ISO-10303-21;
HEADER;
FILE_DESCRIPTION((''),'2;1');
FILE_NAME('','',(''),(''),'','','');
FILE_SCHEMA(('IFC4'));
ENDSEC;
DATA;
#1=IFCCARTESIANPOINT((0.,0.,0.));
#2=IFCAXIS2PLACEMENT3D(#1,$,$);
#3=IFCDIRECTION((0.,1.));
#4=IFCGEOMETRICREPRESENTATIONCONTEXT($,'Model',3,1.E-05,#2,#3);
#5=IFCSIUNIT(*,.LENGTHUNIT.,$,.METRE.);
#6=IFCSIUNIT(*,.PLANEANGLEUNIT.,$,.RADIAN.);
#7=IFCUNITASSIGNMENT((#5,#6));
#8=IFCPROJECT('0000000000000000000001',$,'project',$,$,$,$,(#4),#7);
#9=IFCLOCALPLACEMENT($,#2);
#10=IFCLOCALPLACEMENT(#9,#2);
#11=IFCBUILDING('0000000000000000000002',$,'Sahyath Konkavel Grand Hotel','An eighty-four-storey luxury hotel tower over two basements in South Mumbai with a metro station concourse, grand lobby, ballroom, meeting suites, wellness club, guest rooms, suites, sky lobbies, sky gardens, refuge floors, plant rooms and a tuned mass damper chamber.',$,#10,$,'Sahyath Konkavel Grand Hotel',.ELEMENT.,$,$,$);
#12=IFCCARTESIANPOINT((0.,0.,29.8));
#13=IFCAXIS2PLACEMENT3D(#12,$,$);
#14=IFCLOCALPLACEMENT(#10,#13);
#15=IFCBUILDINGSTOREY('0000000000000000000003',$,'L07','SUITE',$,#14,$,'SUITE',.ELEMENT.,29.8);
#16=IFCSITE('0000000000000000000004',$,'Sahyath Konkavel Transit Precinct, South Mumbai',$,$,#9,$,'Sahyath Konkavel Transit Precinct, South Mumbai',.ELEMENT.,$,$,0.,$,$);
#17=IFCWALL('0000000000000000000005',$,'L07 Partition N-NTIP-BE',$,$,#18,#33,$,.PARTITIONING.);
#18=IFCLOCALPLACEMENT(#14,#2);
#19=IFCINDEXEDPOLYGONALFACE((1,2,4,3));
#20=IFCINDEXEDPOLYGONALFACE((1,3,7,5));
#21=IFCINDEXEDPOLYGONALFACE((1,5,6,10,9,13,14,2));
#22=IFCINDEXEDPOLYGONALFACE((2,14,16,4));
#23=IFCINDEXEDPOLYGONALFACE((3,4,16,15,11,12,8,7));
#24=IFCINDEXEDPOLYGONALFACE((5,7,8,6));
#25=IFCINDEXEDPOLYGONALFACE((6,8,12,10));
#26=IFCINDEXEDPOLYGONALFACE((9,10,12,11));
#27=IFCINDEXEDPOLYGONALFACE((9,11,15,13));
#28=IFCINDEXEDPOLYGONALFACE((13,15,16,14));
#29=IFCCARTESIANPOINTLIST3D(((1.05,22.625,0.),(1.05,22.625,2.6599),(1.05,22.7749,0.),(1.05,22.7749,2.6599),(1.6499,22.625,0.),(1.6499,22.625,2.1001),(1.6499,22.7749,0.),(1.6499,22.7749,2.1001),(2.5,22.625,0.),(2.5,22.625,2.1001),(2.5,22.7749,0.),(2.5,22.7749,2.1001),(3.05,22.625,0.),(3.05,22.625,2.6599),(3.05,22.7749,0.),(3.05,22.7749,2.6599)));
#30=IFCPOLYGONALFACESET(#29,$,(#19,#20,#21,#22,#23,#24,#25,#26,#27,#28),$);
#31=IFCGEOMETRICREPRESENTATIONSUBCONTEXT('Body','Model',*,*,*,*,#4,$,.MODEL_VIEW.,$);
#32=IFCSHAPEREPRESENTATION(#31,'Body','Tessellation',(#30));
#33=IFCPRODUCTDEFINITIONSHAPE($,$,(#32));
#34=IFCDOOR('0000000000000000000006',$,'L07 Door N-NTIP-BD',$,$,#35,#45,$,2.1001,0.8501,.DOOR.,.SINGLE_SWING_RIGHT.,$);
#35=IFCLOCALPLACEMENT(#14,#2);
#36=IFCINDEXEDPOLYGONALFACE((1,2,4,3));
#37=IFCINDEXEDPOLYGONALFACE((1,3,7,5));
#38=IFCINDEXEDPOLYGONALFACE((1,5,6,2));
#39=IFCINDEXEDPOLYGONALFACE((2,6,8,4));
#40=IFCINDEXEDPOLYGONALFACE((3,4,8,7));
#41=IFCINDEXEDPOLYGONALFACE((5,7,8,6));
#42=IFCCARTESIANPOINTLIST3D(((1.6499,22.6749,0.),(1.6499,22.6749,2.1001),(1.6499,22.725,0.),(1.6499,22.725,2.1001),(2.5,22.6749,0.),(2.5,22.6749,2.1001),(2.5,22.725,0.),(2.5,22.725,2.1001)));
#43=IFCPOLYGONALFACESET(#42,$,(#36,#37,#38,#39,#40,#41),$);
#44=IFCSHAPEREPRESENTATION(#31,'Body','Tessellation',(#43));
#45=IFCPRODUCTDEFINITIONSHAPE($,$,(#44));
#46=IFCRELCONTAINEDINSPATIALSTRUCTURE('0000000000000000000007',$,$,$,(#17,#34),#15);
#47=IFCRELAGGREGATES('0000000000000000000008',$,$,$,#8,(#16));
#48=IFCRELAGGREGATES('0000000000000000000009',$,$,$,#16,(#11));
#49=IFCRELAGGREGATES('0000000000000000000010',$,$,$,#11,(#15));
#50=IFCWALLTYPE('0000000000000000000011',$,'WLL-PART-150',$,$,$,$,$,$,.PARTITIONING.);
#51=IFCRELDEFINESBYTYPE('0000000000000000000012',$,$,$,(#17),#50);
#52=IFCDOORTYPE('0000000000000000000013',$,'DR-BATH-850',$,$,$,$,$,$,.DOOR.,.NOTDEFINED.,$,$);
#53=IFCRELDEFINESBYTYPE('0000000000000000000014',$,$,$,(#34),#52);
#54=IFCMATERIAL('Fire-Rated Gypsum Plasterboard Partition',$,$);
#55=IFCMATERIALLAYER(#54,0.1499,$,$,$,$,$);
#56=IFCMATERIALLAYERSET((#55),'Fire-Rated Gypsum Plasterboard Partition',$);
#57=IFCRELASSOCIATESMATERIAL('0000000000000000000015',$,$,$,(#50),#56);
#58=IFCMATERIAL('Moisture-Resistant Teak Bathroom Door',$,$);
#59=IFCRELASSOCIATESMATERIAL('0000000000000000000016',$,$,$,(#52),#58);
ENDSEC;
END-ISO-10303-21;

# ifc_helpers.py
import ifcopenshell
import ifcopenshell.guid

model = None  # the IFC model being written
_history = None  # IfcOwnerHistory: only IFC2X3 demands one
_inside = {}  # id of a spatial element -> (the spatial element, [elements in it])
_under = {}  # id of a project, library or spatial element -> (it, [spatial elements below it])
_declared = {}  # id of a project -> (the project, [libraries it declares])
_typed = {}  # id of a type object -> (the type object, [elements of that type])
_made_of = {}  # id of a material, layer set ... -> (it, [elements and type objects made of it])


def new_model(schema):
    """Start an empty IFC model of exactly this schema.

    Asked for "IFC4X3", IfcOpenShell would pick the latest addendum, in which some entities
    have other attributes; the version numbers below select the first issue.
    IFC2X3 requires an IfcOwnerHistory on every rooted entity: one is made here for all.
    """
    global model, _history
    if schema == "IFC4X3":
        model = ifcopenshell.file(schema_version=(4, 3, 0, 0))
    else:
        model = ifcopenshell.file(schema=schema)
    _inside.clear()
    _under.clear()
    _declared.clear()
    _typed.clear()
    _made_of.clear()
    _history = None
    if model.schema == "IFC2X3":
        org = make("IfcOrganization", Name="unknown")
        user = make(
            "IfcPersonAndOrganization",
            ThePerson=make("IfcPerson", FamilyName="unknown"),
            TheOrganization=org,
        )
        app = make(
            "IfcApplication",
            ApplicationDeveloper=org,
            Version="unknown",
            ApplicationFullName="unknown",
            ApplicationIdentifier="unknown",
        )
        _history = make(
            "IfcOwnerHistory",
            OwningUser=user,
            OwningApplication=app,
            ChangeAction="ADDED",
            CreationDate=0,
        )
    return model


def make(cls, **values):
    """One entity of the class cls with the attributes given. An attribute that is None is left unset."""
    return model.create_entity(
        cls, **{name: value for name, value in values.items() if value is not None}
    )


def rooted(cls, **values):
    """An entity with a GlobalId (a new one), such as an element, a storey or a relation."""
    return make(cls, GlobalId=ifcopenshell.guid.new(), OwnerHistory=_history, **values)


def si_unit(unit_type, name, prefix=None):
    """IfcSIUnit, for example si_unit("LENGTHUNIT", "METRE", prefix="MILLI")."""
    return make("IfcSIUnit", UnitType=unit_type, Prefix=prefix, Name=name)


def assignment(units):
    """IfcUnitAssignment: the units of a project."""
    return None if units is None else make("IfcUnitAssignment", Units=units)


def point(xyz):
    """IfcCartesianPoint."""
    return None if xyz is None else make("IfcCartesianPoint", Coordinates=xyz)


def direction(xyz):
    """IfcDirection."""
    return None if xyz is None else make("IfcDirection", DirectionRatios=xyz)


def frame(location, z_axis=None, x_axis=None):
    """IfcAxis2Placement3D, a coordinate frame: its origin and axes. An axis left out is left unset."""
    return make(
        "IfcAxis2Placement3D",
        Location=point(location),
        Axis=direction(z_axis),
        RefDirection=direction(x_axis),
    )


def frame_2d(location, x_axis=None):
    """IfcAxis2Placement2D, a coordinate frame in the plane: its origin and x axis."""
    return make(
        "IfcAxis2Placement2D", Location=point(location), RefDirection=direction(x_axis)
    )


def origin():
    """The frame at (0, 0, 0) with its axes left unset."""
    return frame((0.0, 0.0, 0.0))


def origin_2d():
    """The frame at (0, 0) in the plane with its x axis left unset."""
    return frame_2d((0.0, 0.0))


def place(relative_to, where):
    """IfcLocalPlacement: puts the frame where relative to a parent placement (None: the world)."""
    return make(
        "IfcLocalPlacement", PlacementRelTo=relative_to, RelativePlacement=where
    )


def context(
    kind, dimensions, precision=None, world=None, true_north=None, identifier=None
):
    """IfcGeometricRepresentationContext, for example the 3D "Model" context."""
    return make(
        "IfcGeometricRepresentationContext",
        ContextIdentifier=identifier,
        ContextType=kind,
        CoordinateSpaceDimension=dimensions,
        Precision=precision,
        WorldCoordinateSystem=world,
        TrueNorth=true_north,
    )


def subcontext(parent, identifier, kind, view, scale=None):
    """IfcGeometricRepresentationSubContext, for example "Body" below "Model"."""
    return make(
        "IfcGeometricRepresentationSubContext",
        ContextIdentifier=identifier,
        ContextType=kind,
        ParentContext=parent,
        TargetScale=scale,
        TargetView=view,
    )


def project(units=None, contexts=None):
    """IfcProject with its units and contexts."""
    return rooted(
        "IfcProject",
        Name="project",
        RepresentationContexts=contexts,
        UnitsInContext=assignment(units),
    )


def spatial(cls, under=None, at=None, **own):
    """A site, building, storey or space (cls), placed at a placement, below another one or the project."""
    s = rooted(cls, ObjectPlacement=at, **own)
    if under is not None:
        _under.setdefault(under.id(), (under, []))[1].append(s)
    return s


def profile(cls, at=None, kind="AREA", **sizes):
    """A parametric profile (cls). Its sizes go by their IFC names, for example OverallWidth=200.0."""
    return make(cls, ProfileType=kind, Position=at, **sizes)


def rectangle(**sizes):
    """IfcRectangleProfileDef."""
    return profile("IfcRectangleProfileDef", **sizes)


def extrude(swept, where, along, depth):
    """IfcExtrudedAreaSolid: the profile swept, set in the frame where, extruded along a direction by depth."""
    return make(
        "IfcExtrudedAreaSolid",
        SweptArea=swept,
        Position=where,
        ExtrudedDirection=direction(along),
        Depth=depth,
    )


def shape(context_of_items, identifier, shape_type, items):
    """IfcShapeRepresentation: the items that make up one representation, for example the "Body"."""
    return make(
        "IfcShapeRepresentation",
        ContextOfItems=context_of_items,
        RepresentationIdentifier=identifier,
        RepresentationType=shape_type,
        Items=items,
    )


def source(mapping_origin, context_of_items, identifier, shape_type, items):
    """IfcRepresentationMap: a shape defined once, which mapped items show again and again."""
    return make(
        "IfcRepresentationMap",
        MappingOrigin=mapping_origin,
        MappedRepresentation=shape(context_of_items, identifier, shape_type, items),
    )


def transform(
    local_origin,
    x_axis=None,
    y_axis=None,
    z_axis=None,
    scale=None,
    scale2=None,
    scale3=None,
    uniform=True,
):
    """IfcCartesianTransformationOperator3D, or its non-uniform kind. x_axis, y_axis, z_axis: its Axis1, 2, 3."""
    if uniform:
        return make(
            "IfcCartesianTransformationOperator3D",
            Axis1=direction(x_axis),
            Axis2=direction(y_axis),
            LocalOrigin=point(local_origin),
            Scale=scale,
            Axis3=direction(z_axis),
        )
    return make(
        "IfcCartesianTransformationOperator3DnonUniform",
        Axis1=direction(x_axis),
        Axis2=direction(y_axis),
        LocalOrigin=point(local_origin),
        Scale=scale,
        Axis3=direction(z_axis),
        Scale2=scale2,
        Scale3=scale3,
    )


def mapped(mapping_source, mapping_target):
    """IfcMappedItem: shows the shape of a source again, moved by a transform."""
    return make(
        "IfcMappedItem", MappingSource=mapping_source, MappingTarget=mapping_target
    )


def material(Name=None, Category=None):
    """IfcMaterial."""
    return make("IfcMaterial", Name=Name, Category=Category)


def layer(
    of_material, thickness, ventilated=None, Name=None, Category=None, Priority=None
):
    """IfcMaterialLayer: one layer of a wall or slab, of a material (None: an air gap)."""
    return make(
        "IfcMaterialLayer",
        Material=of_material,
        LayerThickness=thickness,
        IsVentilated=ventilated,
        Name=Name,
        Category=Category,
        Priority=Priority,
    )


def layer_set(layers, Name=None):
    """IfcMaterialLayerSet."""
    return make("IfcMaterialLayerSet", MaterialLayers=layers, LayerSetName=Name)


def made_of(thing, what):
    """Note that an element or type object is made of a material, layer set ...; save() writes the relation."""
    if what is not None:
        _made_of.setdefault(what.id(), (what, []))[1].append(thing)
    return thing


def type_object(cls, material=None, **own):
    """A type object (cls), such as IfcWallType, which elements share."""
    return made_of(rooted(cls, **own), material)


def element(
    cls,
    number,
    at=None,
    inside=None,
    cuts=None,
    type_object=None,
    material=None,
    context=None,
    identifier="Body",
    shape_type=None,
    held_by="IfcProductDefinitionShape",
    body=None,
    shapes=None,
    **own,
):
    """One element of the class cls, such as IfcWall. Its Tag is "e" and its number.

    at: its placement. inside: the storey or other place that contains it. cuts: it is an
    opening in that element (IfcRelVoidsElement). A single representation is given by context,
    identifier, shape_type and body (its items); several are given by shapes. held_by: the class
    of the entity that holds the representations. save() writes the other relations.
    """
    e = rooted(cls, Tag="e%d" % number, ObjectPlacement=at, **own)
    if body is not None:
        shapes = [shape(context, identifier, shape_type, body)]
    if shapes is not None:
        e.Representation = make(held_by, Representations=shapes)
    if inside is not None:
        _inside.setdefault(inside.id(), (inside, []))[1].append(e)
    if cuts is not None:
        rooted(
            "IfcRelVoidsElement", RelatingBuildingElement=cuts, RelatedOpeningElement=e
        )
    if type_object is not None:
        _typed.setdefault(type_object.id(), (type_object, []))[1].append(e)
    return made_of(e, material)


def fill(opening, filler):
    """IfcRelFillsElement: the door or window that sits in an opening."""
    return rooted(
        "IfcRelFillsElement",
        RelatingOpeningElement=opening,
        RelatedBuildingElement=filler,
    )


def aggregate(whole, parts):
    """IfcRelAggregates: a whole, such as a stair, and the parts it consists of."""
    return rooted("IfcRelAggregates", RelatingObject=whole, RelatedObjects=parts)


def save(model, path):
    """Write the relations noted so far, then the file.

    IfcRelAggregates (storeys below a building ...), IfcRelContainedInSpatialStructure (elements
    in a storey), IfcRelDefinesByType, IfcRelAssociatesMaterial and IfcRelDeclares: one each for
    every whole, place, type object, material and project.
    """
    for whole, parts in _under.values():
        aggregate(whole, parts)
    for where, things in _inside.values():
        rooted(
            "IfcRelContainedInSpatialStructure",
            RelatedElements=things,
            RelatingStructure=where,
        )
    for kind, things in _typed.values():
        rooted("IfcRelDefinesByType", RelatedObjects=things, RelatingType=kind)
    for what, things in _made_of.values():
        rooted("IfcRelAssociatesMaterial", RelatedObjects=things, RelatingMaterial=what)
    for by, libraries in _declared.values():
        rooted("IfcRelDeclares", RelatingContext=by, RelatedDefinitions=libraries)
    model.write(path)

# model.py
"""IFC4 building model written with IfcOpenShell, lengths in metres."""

from ifc_helpers import new_model, si_unit, direction, frame, frame_2d, origin, origin_2d, place, context, subcontext, project, spatial, rectangle, extrude, source, transform, mapped, material, layer, layer_set, type_object, element, fill, save


model = new_model("IFC4")

# Units and contexts
model_context = context("Model", 3, precision=1e-05, world=origin(), true_north=direction((0.0, 1.0)))
body_context = subcontext(model_context, "Body", "Model", "MODEL_VIEW")
ifc_project = project(units=[si_unit("LENGTHUNIT", "METRE"), si_unit("PLANEANGLEUNIT", "RADIAN")], contexts=[model_context])

# Site, building, storey
site_placement = place(None, origin())
site = spatial("IfcSite", under=ifc_project, at=site_placement, Name="Sahyath Konkavel Transit Precinct, South Mumbai", LongName="Sahyath Konkavel Transit Precinct, South Mumbai", CompositionType="ELEMENT", RefElevation=0.0)
building_placement = place(site_placement, origin())
building = spatial("IfcBuilding", under=site, at=building_placement, Name="Sahyath Konkavel Grand Hotel", Description="An eighty-four-storey luxury hotel tower over two basements in South Mumbai with a metro station concourse, grand lobby, ballroom, meeting suites, wellness club, guest rooms, suites, sky lobbies, sky gardens, refuge floors, plant rooms and a tuned mass damper chamber.", LongName="Sahyath Konkavel Grand Hotel", CompositionType="ELEMENT")
storey_placement = place(building_placement, frame((0.0, 0.0, 29.8)))
storey = spatial("IfcBuildingStorey", under=building, at=storey_placement, Name="L07", Description="SUITE", LongName="SUITE", CompositionType="ELEMENT", Elevation=29.8)

# Shared definitions
ifc_material_1 = material(Name="Fire-Rated Gypsum Plasterboard Partition")
ifc_layer_1 = layer(ifc_material_1, 0.1499)
ifc_layer_set_1 = layer_set([ifc_layer_1], Name="Fire-Rated Gypsum Plasterboard Partition")
wall_type_1 = type_object("IfcWallType", Name="WLL-PART-150", PredefinedType="PARTITIONING", material=ifc_layer_set_1)

# Shared definitions
shared_shape_1 = source(origin(), body_context, "Body", "SweptSolid", [
    extrude(rectangle(XDim=0.8501, YDim=0.05, at=origin_2d()), origin(), (0.0, 0.0, 1.0), 2.1001),
])
ifc_material_2 = material(Name="Moisture-Resistant Teak Bathroom Door")
door_type_1 = type_object("IfcDoorType", Name="DR-BATH-850", OperationType="NOTDEFINED", PredefinedType="DOOR", material=ifc_material_2)

# Wall, opening, door
wall_1_placement = place(storey_placement, frame((3.05, 22.7, 0.0), z_axis=(0.0, 0.0, 1.0), x_axis=(-1.0, 0.0, 0.0)))
wall_1 = element("IfcWall", 1, at=wall_1_placement, inside=storey, type_object=wall_type_1, Name="L07 Partition N-NTIP-BE", PredefinedType="PARTITIONING", context=body_context, shape_type="SweptSolid", body=[
    extrude(rectangle(XDim=2.0, YDim=0.1499, at=frame_2d((1.0, 0.0))), origin(), (0.0, 0.0, 1.0), 2.6599),
])
opening_1_placement = place(wall_1_placement, frame((0.55, 0.0, 0.0)))
opening_1 = element("IfcOpeningElement", 2, at=opening_1_placement, cuts=wall_1, PredefinedType="OPENING", context=body_context, shape_type="SweptSolid", body=[
    extrude(rectangle(XDim=0.8501, YDim=2.1001, at=frame_2d((0.425, 1.05))), frame((0.0, 0.085, 0.0), z_axis=(0.0, -1.0, 0.0), x_axis=(1.0, 0.0, 0.0)), (0.0, 0.0, 1.0), 0.1699),
])
door_1_placement = place(opening_1_placement, frame((0.425, 0.0, 0.0)))
door_1 = element("IfcDoor", 3, at=door_1_placement, inside=storey, type_object=door_type_1, Name="L07 Door N-NTIP-BD", OperationType="SINGLE_SWING_RIGHT", OverallHeight=2.1001, OverallWidth=0.8501, PredefinedType="DOOR", context=body_context, shape_type="MappedRepresentation", body=[
    mapped(shared_shape_1, transform((0.0, 0.0, 0.0), scale=1.0)),
])
fill(opening_1, door_1)

save(model, "model.ifc")
